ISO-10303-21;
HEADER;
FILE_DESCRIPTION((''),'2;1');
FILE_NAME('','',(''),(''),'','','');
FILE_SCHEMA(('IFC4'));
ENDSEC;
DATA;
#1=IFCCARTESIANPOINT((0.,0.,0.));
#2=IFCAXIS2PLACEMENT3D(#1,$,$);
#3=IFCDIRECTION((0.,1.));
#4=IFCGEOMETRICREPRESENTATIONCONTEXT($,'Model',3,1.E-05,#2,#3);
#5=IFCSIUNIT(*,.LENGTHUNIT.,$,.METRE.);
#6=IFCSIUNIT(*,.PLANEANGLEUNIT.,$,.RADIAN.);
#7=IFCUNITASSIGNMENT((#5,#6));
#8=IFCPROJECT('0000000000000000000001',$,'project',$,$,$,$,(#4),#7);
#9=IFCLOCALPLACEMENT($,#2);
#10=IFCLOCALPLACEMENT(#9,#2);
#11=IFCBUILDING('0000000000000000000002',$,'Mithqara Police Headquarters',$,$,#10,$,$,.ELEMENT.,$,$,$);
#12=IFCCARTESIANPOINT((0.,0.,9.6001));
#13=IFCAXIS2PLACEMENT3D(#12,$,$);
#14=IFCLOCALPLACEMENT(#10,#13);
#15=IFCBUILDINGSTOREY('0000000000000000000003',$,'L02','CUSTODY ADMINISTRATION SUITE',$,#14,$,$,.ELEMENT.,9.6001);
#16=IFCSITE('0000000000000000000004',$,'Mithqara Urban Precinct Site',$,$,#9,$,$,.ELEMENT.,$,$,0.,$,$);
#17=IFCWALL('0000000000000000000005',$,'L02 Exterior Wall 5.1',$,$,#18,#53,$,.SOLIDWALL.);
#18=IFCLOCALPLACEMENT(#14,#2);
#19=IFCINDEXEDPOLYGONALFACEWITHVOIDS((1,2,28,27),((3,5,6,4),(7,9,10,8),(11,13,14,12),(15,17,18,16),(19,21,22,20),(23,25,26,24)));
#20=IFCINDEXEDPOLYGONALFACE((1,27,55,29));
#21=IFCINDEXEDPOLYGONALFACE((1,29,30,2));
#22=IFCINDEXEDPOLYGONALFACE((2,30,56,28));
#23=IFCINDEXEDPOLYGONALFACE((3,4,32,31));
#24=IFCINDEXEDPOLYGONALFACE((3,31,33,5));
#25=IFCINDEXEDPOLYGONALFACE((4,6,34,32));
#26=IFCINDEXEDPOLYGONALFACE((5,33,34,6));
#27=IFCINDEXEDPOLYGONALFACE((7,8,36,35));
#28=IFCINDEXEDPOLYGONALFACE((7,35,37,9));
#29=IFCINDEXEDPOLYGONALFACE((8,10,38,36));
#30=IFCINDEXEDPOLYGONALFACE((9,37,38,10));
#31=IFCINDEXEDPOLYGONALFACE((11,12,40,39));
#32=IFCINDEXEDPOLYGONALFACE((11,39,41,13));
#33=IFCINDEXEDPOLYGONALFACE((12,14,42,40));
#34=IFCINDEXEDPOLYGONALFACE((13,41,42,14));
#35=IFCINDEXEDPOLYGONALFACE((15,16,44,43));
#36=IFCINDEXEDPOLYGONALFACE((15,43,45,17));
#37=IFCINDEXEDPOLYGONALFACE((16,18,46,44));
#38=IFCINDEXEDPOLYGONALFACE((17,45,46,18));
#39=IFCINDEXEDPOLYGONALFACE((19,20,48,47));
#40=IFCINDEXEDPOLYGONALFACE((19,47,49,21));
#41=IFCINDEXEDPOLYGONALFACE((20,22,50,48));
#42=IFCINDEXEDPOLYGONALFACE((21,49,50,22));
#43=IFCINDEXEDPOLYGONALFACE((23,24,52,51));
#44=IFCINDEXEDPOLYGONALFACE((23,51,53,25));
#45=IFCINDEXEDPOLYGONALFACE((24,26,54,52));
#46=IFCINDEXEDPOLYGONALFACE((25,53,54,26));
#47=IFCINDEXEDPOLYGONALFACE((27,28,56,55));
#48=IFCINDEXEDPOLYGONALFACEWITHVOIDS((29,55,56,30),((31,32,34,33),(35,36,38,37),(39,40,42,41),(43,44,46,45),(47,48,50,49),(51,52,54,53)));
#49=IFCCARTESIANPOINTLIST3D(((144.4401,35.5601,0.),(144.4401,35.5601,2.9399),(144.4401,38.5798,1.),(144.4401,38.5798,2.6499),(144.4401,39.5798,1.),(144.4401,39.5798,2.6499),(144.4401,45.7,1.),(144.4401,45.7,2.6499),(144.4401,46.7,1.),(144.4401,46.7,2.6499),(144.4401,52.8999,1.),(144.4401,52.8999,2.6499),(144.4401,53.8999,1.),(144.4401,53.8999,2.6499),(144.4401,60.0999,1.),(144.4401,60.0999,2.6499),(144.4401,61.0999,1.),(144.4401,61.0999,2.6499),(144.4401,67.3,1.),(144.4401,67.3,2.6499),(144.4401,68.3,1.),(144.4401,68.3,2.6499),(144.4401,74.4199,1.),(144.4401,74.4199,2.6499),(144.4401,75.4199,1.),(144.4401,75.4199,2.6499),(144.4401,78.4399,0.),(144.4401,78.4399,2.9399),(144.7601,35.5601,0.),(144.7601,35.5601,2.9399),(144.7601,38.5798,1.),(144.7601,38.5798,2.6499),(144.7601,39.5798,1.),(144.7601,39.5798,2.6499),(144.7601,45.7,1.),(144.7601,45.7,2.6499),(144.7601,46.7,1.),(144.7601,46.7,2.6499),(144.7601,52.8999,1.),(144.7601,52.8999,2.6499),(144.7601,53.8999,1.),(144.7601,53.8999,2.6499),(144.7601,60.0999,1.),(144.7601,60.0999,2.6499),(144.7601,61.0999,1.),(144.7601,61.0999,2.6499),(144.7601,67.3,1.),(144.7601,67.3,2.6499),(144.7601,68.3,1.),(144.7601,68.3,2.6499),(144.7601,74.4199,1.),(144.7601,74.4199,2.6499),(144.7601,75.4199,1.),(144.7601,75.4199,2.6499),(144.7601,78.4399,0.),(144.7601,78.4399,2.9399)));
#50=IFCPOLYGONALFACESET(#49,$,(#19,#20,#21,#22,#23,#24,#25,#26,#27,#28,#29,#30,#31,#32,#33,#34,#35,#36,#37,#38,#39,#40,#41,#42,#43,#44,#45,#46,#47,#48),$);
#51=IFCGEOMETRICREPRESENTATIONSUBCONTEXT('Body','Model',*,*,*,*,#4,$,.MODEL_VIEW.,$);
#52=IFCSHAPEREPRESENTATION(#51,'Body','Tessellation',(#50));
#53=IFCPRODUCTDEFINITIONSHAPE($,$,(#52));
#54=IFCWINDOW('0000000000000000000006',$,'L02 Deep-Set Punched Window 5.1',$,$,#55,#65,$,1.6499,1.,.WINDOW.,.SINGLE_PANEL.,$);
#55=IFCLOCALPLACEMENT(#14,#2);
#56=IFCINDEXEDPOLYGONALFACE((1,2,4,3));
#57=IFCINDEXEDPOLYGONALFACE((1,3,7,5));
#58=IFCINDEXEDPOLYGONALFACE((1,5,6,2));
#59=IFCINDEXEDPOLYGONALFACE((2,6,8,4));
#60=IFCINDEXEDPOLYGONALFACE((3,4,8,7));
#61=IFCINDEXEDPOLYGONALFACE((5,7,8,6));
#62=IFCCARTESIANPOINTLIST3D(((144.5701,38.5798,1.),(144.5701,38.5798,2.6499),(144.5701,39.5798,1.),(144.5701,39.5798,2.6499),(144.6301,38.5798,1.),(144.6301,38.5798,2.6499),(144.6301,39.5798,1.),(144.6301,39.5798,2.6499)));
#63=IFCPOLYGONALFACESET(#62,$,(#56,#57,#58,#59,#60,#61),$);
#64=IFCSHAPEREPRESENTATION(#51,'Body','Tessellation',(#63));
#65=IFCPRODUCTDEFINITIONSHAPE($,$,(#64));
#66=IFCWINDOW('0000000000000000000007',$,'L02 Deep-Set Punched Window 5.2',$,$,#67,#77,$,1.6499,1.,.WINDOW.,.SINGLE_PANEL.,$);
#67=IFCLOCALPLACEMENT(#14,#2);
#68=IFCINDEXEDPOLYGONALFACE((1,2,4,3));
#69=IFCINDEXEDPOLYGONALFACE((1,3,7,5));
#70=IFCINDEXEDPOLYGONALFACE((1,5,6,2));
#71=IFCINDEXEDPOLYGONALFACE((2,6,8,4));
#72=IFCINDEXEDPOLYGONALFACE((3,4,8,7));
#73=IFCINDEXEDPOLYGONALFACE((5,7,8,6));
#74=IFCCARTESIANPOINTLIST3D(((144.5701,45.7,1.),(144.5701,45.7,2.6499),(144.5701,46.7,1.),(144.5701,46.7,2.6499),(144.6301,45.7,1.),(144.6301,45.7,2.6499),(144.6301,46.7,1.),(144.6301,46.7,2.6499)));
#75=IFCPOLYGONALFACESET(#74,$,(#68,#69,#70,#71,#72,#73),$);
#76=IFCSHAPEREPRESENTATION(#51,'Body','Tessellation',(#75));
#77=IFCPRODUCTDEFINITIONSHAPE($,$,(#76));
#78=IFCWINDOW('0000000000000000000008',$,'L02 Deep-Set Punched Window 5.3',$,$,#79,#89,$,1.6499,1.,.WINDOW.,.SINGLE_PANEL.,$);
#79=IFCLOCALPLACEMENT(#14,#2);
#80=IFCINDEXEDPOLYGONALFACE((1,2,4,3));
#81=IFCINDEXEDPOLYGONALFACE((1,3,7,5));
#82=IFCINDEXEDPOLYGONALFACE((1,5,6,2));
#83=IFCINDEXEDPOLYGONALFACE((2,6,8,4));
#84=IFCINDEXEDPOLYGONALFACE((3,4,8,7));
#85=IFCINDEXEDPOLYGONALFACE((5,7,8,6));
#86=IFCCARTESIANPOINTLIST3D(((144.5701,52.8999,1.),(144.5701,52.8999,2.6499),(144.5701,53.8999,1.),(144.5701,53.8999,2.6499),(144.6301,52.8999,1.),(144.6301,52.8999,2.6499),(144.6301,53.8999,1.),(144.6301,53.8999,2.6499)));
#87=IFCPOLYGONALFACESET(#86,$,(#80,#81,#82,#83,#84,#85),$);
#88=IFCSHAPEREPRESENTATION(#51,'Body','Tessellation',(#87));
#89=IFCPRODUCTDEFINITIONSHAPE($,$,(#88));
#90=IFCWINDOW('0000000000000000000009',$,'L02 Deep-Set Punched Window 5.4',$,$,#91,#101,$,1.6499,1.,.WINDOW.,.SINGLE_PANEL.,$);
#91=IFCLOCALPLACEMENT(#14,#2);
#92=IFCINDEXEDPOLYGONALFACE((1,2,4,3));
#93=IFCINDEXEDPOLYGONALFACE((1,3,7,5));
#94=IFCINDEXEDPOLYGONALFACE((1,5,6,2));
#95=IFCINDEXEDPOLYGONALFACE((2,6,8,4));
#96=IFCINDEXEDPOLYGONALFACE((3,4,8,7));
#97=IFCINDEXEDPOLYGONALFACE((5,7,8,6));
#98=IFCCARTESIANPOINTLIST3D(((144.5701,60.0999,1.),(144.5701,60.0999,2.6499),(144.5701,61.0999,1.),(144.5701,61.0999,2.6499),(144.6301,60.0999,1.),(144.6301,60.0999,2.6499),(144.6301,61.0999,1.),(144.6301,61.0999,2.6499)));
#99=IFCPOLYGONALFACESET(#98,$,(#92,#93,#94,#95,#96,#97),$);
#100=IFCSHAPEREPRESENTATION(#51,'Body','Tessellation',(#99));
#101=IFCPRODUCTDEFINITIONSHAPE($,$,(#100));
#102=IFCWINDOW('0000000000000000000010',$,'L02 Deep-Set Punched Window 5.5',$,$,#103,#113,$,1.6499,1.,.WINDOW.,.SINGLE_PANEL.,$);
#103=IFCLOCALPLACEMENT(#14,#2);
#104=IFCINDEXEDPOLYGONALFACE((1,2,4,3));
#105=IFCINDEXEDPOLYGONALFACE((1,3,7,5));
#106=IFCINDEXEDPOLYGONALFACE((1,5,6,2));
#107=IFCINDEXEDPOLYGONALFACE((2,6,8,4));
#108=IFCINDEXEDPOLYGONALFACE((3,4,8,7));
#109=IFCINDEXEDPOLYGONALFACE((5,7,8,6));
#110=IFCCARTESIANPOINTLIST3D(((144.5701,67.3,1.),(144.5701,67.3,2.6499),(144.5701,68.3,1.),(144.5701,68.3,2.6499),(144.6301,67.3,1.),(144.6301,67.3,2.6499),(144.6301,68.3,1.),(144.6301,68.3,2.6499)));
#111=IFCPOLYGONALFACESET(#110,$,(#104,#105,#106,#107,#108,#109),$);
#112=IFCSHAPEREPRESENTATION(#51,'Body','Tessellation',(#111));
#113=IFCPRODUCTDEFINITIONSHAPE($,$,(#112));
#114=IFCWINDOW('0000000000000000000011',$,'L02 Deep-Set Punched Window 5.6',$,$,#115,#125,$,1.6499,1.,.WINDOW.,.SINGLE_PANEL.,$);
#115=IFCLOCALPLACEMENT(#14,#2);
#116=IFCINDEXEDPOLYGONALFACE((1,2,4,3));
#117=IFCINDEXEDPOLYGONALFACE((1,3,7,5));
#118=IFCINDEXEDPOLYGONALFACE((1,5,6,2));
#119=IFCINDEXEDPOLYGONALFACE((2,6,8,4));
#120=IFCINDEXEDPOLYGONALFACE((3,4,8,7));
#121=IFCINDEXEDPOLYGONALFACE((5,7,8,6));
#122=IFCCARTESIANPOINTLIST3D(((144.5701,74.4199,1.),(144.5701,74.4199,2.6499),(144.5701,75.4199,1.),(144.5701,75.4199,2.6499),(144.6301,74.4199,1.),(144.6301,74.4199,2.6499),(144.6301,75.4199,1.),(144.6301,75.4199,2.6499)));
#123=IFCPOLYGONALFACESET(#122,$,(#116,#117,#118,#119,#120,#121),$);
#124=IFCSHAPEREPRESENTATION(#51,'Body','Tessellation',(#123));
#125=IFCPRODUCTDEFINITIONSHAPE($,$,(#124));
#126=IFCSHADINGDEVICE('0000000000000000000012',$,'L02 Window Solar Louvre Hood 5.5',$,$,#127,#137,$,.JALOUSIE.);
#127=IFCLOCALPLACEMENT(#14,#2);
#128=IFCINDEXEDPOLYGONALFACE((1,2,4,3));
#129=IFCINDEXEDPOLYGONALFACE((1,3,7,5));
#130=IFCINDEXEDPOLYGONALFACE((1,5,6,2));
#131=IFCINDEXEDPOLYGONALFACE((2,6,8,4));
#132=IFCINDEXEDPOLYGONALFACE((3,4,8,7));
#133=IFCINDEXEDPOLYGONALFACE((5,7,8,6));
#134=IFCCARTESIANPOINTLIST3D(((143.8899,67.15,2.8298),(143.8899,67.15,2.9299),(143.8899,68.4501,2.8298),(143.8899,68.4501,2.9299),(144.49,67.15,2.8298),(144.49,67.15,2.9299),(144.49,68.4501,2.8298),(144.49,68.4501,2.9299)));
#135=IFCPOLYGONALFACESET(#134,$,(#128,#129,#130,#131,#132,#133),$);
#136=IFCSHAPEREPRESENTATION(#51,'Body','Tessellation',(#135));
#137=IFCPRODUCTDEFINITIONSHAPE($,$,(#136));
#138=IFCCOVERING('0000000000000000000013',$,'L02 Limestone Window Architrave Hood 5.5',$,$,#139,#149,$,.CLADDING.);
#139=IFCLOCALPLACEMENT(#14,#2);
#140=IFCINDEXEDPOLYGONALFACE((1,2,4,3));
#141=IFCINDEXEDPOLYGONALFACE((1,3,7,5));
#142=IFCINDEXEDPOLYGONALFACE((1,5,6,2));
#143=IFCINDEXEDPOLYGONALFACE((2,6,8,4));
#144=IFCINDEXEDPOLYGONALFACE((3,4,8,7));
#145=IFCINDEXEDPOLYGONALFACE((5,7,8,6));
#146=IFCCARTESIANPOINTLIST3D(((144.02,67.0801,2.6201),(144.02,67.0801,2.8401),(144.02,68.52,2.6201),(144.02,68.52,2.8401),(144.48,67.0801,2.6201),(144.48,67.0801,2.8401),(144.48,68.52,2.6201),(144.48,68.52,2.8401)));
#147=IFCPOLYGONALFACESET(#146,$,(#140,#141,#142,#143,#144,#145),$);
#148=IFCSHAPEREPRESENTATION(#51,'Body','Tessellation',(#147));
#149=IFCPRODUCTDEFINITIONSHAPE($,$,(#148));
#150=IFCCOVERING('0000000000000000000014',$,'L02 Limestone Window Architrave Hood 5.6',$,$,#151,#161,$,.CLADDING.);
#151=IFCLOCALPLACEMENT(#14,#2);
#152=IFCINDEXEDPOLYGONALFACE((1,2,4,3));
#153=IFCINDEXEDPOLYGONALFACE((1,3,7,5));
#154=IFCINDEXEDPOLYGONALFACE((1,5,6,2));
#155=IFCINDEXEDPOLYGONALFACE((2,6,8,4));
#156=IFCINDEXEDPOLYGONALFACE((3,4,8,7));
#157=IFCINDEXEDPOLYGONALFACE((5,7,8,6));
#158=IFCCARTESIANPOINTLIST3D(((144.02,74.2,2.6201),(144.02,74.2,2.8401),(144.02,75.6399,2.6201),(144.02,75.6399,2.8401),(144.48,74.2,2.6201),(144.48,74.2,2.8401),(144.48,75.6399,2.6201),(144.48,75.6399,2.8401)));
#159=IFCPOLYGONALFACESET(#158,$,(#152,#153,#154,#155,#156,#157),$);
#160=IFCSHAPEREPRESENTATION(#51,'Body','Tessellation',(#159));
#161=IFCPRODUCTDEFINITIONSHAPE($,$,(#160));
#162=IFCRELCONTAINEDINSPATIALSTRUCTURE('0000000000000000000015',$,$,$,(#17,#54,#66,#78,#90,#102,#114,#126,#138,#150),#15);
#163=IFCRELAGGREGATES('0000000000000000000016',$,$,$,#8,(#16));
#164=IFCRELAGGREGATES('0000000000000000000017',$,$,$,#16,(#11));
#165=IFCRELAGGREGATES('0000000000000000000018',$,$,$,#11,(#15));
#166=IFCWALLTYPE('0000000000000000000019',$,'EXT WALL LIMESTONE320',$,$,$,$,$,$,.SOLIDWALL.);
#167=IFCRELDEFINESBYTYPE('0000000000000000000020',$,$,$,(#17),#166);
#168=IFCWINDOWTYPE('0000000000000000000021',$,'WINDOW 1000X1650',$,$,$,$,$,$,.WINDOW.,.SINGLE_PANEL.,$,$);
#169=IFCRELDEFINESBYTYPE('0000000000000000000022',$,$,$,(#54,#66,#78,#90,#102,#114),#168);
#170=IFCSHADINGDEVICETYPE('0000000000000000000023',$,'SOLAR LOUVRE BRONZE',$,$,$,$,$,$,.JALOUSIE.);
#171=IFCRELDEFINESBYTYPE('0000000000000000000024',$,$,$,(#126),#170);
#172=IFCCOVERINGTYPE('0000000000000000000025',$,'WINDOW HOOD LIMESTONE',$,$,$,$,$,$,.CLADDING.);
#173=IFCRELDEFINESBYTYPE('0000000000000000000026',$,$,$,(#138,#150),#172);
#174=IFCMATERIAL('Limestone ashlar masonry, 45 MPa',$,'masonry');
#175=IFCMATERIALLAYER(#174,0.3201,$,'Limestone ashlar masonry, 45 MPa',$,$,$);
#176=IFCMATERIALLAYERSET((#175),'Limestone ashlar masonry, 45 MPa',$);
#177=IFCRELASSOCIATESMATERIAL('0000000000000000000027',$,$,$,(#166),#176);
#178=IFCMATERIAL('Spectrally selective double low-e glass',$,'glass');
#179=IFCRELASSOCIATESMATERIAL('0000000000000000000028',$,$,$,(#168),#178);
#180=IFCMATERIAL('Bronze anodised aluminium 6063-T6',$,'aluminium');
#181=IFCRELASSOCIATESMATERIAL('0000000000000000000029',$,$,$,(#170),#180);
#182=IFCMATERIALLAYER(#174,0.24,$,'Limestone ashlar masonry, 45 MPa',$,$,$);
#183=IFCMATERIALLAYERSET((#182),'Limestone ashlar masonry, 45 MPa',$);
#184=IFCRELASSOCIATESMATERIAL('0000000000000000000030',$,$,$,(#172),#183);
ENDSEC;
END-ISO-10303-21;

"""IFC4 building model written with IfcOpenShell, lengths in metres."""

from ifc_helpers import new_model, si_unit, direction, frame, frame_2d, origin, origin_2d, place, context, subcontext, project, spatial, rectangle, extrude, material, layer, layer_set, type_object, element, fill, save


model = new_model("IFC4")

# Units and contexts
model_context = context("Model", 3, precision=1e-05, world=origin(), true_north=direction((0.0, 1.0)))
body_context = subcontext(model_context, "Body", "Model", "MODEL_VIEW")
ifc_project = project(units=[si_unit("LENGTHUNIT", "METRE"), si_unit("PLANEANGLEUNIT", "RADIAN")], contexts=[model_context])

# Site, building, storey
site_placement = place(None, origin())
site = spatial("IfcSite", under=ifc_project, at=site_placement, Name="Mithqara Urban Precinct Site", CompositionType="ELEMENT", RefElevation=0.0)
building_placement = place(site_placement, origin())
building = spatial("IfcBuilding", under=site, at=building_placement, Name="Mithqara Police Headquarters", CompositionType="ELEMENT")
storey_placement = place(building_placement, frame((0.0, 0.0, 9.6001)))
storey = spatial("IfcBuildingStorey", under=building, at=storey_placement, Name="L02", Description="CUSTODY ADMINISTRATION SUITE", CompositionType="ELEMENT", Elevation=9.6001)

# Shared definitions
ifc_material_1 = material(Name="Limestone ashlar masonry, 45 MPa", Category="masonry")

# Wall, openings, windows
ifc_layer_1 = layer(ifc_material_1, 0.3201, Name="Limestone ashlar masonry, 45 MPa")
ifc_layer_set_1 = layer_set([ifc_layer_1], Name="Limestone ashlar masonry, 45 MPa")
wall_type = type_object("IfcWallType", Name="EXT WALL LIMESTONE320", PredefinedType="SOLIDWALL", material=ifc_layer_set_1)
wall_placement = place(storey_placement, frame((144.6001, 78.4399, 0.0), z_axis=(0.0, 0.0, 1.0), x_axis=(0.0, -1.0, 0.0)))
wall = element("IfcWall", 1, at=wall_placement, inside=storey, type_object=wall_type, Name="L02 Exterior Wall 5.1", PredefinedType="SOLIDWALL", context=body_context, shape_type="SweptSolid", body=[
    extrude(rectangle(XDim=42.8799, YDim=0.3201, at=frame_2d((21.4399, 0.0))), origin(), (0.0, 0.0, 1.0), 2.9399),
])
opening_1_placement = place(wall_placement, frame((38.8601, 0.0, 1.0)))
opening_1 = element("IfcOpeningElement", 2, at=opening_1_placement, cuts=wall, PredefinedType="OPENING", context=body_context, shape_type="SweptSolid", body=[
    extrude(rectangle(XDim=1.0, YDim=1.6499, at=frame_2d((0.5, 0.825))), frame((0.0, 0.1699, 0.0), z_axis=(0.0, -1.0, 0.0), x_axis=(1.0, 0.0, 0.0)), (0.0, 0.0, 1.0), 0.3401),
])
opening_2_placement = place(wall_placement, frame((31.74, 0.0, 1.0)))
opening_2 = element("IfcOpeningElement", 3, at=opening_2_placement, cuts=wall, PredefinedType="OPENING", context=body_context, shape_type="SweptSolid", body=[
    extrude(rectangle(XDim=1.0, YDim=1.6499, at=frame_2d((0.5, 0.825))), frame((0.0, 0.1699, 0.0), z_axis=(0.0, -1.0, 0.0), x_axis=(1.0, 0.0, 0.0)), (0.0, 0.0, 1.0), 0.3401),
])
opening_3_placement = place(wall_placement, frame((24.54, 0.0, 1.0)))
opening_3 = element("IfcOpeningElement", 4, at=opening_3_placement, cuts=wall, PredefinedType="OPENING", context=body_context, shape_type="SweptSolid", body=[
    extrude(rectangle(XDim=1.0, YDim=1.6499, at=frame_2d((0.5, 0.825))), frame((0.0, 0.1699, 0.0), z_axis=(0.0, -1.0, 0.0), x_axis=(1.0, 0.0, 0.0)), (0.0, 0.0, 1.0), 0.3401),
])
opening_4_placement = place(wall_placement, frame((17.3401, 0.0, 1.0)))
opening_4 = element("IfcOpeningElement", 5, at=opening_4_placement, cuts=wall, PredefinedType="OPENING", context=body_context, shape_type="SweptSolid", body=[
    extrude(rectangle(XDim=1.0, YDim=1.6499, at=frame_2d((0.5, 0.825))), frame((0.0, 0.1699, 0.0), z_axis=(0.0, -1.0, 0.0), x_axis=(1.0, 0.0, 0.0)), (0.0, 0.0, 1.0), 0.3401),
])
opening_5_placement = place(wall_placement, frame((10.1399, 0.0, 1.0)))
opening_5 = element("IfcOpeningElement", 6, at=opening_5_placement, cuts=wall, PredefinedType="OPENING", context=body_context, shape_type="SweptSolid", body=[
    extrude(rectangle(XDim=1.0, YDim=1.6499, at=frame_2d((0.5, 0.825))), frame((0.0, 0.1699, 0.0), z_axis=(0.0, -1.0, 0.0), x_axis=(1.0, 0.0, 0.0)), (0.0, 0.0, 1.0), 0.3401),
])
opening_6_placement = place(wall_placement, frame((3.02, 0.0, 1.0)))
opening_6 = element("IfcOpeningElement", 7, at=opening_6_placement, cuts=wall, PredefinedType="OPENING", context=body_context, shape_type="SweptSolid", body=[
    extrude(rectangle(XDim=1.0, YDim=1.6499, at=frame_2d((0.5, 0.825))), frame((0.0, 0.1699, 0.0), z_axis=(0.0, -1.0, 0.0), x_axis=(1.0, 0.0, 0.0)), (0.0, 0.0, 1.0), 0.3401),
])
ifc_material_2 = material(Name="Spectrally selective double low-e glass", Category="glass")
window_type = type_object("IfcWindowType", Name="WINDOW 1000X1650", PartitioningType="SINGLE_PANEL", PredefinedType="WINDOW", material=ifc_material_2)
window_1_placement = place(opening_1_placement, origin())
window_1 = element("IfcWindow", 8, at=window_1_placement, inside=storey, type_object=window_type, Name="L02 Deep-Set Punched Window 5.1", OverallHeight=1.6499, OverallWidth=1.0, PartitioningType="SINGLE_PANEL", PredefinedType="WINDOW", context=body_context, shape_type="SweptSolid", body=[
    extrude(rectangle(XDim=1.0, YDim=1.6499, at=frame_2d((0.5, 0.825))), frame((0.0, 0.03, 0.0), z_axis=(0.0, -1.0, 0.0), x_axis=(1.0, 0.0, 0.0)), (0.0, 0.0, 1.0), 0.0601),
])
fill(opening_1, window_1)
window_2_placement = place(opening_2_placement, origin())
window_2 = element("IfcWindow", 9, at=window_2_placement, inside=storey, type_object=window_type, Name="L02 Deep-Set Punched Window 5.2", OverallHeight=1.6499, OverallWidth=1.0, PartitioningType="SINGLE_PANEL", PredefinedType="WINDOW", context=body_context, shape_type="SweptSolid", body=[
    extrude(rectangle(XDim=1.0, YDim=1.6499, at=frame_2d((0.5, 0.825))), frame((0.0, 0.03, 0.0), z_axis=(0.0, -1.0, 0.0), x_axis=(1.0, 0.0, 0.0)), (0.0, 0.0, 1.0), 0.0601),
])
fill(opening_2, window_2)
window_3_placement = place(opening_3_placement, origin())
window_3 = element("IfcWindow", 10, at=window_3_placement, inside=storey, type_object=window_type, Name="L02 Deep-Set Punched Window 5.3", OverallHeight=1.6499, OverallWidth=1.0, PartitioningType="SINGLE_PANEL", PredefinedType="WINDOW", context=body_context, shape_type="SweptSolid", body=[
    extrude(rectangle(XDim=1.0, YDim=1.6499, at=frame_2d((0.5, 0.825))), frame((0.0, 0.03, 0.0), z_axis=(0.0, -1.0, 0.0), x_axis=(1.0, 0.0, 0.0)), (0.0, 0.0, 1.0), 0.0601),
])
fill(opening_3, window_3)
window_4_placement = place(opening_4_placement, origin())
window_4 = element("IfcWindow", 11, at=window_4_placement, inside=storey, type_object=window_type, Name="L02 Deep-Set Punched Window 5.4", OverallHeight=1.6499, OverallWidth=1.0, PartitioningType="SINGLE_PANEL", PredefinedType="WINDOW", context=body_context, shape_type="SweptSolid", body=[
    extrude(rectangle(XDim=1.0, YDim=1.6499, at=frame_2d((0.5, 0.825))), frame((0.0, 0.03, 0.0), z_axis=(0.0, -1.0, 0.0), x_axis=(1.0, 0.0, 0.0)), (0.0, 0.0, 1.0), 0.0601),
])
fill(opening_4, window_4)
window_5_placement = place(opening_5_placement, origin())
window_5 = element("IfcWindow", 12, at=window_5_placement, inside=storey, type_object=window_type, Name="L02 Deep-Set Punched Window 5.5", OverallHeight=1.6499, OverallWidth=1.0, PartitioningType="SINGLE_PANEL", PredefinedType="WINDOW", context=body_context, shape_type="SweptSolid", body=[
    extrude(rectangle(XDim=1.0, YDim=1.6499, at=frame_2d((0.5, 0.825))), frame((0.0, 0.03, 0.0), z_axis=(0.0, -1.0, 0.0), x_axis=(1.0, 0.0, 0.0)), (0.0, 0.0, 1.0), 0.0601),
])
fill(opening_5, window_5)
window_6_placement = place(opening_6_placement, origin())
window_6 = element("IfcWindow", 13, at=window_6_placement, inside=storey, type_object=window_type, Name="L02 Deep-Set Punched Window 5.6", OverallHeight=1.6499, OverallWidth=1.0, PartitioningType="SINGLE_PANEL", PredefinedType="WINDOW", context=body_context, shape_type="SweptSolid", body=[
    extrude(rectangle(XDim=1.0, YDim=1.6499, at=frame_2d((0.5, 0.825))), frame((0.0, 0.03, 0.0), z_axis=(0.0, -1.0, 0.0), x_axis=(1.0, 0.0, 0.0)), (0.0, 0.0, 1.0), 0.0601),
])
fill(opening_6, window_6)

# Shading device
ifc_material_3 = material(Name="Bronze anodised aluminium 6063-T6", Category="aluminium")
shading_device_type = type_object("IfcShadingDeviceType", Name="SOLAR LOUVRE BRONZE", PredefinedType="JALOUSIE", material=ifc_material_3)
shading_device_placement = place(storey_placement, frame((144.1899, 67.8, 2.8298), z_axis=(0.0, 0.0, 1.0), x_axis=(0.0, 1.0, 0.0)))
element("IfcShadingDevice", 14, at=shading_device_placement, inside=storey, type_object=shading_device_type, Name="L02 Window Solar Louvre Hood 5.5", PredefinedType="JALOUSIE", context=body_context, shape_type="SweptSolid", body=[
    extrude(rectangle(XDim=1.3, YDim=0.6001, at=origin_2d()), origin(), (0.0, 0.0, 1.0), 0.1001),
])

# Coverings
ifc_layer_2 = layer(ifc_material_1, 0.24, Name="Limestone ashlar masonry, 45 MPa")
ifc_layer_set_2 = layer_set([ifc_layer_2], Name="Limestone ashlar masonry, 45 MPa")
covering_type = type_object("IfcCoveringType", Name="WINDOW HOOD LIMESTONE", PredefinedType="CLADDING", material=ifc_layer_set_2)
for number, where, z_axis, x_axis, name in (
    (15, (144.25, 67.8, 2.6201), (0.0, 0.0, 1.0), (0.0, 1.0, 0.0), "L02 Limestone Window Architrave Hood 5.5"),
    (16, (144.25, 74.9199, 2.6201), (0.0, 0.0, 1.0), (0.0, 1.0, 0.0), "L02 Limestone Window Architrave Hood 5.6"),
):
    element("IfcCovering", number, at=place(storey_placement, frame(where, z_axis=z_axis, x_axis=x_axis)), inside=storey, type_object=covering_type, Name=name, PredefinedType="CLADDING", context=body_context, shape_type="SweptSolid", body=[
        extrude(rectangle(XDim=1.4399, YDim=0.46, at=origin_2d()), origin(), (0.0, 0.0, 1.0), 0.22),
    ])

save(model, "model.ifc")
